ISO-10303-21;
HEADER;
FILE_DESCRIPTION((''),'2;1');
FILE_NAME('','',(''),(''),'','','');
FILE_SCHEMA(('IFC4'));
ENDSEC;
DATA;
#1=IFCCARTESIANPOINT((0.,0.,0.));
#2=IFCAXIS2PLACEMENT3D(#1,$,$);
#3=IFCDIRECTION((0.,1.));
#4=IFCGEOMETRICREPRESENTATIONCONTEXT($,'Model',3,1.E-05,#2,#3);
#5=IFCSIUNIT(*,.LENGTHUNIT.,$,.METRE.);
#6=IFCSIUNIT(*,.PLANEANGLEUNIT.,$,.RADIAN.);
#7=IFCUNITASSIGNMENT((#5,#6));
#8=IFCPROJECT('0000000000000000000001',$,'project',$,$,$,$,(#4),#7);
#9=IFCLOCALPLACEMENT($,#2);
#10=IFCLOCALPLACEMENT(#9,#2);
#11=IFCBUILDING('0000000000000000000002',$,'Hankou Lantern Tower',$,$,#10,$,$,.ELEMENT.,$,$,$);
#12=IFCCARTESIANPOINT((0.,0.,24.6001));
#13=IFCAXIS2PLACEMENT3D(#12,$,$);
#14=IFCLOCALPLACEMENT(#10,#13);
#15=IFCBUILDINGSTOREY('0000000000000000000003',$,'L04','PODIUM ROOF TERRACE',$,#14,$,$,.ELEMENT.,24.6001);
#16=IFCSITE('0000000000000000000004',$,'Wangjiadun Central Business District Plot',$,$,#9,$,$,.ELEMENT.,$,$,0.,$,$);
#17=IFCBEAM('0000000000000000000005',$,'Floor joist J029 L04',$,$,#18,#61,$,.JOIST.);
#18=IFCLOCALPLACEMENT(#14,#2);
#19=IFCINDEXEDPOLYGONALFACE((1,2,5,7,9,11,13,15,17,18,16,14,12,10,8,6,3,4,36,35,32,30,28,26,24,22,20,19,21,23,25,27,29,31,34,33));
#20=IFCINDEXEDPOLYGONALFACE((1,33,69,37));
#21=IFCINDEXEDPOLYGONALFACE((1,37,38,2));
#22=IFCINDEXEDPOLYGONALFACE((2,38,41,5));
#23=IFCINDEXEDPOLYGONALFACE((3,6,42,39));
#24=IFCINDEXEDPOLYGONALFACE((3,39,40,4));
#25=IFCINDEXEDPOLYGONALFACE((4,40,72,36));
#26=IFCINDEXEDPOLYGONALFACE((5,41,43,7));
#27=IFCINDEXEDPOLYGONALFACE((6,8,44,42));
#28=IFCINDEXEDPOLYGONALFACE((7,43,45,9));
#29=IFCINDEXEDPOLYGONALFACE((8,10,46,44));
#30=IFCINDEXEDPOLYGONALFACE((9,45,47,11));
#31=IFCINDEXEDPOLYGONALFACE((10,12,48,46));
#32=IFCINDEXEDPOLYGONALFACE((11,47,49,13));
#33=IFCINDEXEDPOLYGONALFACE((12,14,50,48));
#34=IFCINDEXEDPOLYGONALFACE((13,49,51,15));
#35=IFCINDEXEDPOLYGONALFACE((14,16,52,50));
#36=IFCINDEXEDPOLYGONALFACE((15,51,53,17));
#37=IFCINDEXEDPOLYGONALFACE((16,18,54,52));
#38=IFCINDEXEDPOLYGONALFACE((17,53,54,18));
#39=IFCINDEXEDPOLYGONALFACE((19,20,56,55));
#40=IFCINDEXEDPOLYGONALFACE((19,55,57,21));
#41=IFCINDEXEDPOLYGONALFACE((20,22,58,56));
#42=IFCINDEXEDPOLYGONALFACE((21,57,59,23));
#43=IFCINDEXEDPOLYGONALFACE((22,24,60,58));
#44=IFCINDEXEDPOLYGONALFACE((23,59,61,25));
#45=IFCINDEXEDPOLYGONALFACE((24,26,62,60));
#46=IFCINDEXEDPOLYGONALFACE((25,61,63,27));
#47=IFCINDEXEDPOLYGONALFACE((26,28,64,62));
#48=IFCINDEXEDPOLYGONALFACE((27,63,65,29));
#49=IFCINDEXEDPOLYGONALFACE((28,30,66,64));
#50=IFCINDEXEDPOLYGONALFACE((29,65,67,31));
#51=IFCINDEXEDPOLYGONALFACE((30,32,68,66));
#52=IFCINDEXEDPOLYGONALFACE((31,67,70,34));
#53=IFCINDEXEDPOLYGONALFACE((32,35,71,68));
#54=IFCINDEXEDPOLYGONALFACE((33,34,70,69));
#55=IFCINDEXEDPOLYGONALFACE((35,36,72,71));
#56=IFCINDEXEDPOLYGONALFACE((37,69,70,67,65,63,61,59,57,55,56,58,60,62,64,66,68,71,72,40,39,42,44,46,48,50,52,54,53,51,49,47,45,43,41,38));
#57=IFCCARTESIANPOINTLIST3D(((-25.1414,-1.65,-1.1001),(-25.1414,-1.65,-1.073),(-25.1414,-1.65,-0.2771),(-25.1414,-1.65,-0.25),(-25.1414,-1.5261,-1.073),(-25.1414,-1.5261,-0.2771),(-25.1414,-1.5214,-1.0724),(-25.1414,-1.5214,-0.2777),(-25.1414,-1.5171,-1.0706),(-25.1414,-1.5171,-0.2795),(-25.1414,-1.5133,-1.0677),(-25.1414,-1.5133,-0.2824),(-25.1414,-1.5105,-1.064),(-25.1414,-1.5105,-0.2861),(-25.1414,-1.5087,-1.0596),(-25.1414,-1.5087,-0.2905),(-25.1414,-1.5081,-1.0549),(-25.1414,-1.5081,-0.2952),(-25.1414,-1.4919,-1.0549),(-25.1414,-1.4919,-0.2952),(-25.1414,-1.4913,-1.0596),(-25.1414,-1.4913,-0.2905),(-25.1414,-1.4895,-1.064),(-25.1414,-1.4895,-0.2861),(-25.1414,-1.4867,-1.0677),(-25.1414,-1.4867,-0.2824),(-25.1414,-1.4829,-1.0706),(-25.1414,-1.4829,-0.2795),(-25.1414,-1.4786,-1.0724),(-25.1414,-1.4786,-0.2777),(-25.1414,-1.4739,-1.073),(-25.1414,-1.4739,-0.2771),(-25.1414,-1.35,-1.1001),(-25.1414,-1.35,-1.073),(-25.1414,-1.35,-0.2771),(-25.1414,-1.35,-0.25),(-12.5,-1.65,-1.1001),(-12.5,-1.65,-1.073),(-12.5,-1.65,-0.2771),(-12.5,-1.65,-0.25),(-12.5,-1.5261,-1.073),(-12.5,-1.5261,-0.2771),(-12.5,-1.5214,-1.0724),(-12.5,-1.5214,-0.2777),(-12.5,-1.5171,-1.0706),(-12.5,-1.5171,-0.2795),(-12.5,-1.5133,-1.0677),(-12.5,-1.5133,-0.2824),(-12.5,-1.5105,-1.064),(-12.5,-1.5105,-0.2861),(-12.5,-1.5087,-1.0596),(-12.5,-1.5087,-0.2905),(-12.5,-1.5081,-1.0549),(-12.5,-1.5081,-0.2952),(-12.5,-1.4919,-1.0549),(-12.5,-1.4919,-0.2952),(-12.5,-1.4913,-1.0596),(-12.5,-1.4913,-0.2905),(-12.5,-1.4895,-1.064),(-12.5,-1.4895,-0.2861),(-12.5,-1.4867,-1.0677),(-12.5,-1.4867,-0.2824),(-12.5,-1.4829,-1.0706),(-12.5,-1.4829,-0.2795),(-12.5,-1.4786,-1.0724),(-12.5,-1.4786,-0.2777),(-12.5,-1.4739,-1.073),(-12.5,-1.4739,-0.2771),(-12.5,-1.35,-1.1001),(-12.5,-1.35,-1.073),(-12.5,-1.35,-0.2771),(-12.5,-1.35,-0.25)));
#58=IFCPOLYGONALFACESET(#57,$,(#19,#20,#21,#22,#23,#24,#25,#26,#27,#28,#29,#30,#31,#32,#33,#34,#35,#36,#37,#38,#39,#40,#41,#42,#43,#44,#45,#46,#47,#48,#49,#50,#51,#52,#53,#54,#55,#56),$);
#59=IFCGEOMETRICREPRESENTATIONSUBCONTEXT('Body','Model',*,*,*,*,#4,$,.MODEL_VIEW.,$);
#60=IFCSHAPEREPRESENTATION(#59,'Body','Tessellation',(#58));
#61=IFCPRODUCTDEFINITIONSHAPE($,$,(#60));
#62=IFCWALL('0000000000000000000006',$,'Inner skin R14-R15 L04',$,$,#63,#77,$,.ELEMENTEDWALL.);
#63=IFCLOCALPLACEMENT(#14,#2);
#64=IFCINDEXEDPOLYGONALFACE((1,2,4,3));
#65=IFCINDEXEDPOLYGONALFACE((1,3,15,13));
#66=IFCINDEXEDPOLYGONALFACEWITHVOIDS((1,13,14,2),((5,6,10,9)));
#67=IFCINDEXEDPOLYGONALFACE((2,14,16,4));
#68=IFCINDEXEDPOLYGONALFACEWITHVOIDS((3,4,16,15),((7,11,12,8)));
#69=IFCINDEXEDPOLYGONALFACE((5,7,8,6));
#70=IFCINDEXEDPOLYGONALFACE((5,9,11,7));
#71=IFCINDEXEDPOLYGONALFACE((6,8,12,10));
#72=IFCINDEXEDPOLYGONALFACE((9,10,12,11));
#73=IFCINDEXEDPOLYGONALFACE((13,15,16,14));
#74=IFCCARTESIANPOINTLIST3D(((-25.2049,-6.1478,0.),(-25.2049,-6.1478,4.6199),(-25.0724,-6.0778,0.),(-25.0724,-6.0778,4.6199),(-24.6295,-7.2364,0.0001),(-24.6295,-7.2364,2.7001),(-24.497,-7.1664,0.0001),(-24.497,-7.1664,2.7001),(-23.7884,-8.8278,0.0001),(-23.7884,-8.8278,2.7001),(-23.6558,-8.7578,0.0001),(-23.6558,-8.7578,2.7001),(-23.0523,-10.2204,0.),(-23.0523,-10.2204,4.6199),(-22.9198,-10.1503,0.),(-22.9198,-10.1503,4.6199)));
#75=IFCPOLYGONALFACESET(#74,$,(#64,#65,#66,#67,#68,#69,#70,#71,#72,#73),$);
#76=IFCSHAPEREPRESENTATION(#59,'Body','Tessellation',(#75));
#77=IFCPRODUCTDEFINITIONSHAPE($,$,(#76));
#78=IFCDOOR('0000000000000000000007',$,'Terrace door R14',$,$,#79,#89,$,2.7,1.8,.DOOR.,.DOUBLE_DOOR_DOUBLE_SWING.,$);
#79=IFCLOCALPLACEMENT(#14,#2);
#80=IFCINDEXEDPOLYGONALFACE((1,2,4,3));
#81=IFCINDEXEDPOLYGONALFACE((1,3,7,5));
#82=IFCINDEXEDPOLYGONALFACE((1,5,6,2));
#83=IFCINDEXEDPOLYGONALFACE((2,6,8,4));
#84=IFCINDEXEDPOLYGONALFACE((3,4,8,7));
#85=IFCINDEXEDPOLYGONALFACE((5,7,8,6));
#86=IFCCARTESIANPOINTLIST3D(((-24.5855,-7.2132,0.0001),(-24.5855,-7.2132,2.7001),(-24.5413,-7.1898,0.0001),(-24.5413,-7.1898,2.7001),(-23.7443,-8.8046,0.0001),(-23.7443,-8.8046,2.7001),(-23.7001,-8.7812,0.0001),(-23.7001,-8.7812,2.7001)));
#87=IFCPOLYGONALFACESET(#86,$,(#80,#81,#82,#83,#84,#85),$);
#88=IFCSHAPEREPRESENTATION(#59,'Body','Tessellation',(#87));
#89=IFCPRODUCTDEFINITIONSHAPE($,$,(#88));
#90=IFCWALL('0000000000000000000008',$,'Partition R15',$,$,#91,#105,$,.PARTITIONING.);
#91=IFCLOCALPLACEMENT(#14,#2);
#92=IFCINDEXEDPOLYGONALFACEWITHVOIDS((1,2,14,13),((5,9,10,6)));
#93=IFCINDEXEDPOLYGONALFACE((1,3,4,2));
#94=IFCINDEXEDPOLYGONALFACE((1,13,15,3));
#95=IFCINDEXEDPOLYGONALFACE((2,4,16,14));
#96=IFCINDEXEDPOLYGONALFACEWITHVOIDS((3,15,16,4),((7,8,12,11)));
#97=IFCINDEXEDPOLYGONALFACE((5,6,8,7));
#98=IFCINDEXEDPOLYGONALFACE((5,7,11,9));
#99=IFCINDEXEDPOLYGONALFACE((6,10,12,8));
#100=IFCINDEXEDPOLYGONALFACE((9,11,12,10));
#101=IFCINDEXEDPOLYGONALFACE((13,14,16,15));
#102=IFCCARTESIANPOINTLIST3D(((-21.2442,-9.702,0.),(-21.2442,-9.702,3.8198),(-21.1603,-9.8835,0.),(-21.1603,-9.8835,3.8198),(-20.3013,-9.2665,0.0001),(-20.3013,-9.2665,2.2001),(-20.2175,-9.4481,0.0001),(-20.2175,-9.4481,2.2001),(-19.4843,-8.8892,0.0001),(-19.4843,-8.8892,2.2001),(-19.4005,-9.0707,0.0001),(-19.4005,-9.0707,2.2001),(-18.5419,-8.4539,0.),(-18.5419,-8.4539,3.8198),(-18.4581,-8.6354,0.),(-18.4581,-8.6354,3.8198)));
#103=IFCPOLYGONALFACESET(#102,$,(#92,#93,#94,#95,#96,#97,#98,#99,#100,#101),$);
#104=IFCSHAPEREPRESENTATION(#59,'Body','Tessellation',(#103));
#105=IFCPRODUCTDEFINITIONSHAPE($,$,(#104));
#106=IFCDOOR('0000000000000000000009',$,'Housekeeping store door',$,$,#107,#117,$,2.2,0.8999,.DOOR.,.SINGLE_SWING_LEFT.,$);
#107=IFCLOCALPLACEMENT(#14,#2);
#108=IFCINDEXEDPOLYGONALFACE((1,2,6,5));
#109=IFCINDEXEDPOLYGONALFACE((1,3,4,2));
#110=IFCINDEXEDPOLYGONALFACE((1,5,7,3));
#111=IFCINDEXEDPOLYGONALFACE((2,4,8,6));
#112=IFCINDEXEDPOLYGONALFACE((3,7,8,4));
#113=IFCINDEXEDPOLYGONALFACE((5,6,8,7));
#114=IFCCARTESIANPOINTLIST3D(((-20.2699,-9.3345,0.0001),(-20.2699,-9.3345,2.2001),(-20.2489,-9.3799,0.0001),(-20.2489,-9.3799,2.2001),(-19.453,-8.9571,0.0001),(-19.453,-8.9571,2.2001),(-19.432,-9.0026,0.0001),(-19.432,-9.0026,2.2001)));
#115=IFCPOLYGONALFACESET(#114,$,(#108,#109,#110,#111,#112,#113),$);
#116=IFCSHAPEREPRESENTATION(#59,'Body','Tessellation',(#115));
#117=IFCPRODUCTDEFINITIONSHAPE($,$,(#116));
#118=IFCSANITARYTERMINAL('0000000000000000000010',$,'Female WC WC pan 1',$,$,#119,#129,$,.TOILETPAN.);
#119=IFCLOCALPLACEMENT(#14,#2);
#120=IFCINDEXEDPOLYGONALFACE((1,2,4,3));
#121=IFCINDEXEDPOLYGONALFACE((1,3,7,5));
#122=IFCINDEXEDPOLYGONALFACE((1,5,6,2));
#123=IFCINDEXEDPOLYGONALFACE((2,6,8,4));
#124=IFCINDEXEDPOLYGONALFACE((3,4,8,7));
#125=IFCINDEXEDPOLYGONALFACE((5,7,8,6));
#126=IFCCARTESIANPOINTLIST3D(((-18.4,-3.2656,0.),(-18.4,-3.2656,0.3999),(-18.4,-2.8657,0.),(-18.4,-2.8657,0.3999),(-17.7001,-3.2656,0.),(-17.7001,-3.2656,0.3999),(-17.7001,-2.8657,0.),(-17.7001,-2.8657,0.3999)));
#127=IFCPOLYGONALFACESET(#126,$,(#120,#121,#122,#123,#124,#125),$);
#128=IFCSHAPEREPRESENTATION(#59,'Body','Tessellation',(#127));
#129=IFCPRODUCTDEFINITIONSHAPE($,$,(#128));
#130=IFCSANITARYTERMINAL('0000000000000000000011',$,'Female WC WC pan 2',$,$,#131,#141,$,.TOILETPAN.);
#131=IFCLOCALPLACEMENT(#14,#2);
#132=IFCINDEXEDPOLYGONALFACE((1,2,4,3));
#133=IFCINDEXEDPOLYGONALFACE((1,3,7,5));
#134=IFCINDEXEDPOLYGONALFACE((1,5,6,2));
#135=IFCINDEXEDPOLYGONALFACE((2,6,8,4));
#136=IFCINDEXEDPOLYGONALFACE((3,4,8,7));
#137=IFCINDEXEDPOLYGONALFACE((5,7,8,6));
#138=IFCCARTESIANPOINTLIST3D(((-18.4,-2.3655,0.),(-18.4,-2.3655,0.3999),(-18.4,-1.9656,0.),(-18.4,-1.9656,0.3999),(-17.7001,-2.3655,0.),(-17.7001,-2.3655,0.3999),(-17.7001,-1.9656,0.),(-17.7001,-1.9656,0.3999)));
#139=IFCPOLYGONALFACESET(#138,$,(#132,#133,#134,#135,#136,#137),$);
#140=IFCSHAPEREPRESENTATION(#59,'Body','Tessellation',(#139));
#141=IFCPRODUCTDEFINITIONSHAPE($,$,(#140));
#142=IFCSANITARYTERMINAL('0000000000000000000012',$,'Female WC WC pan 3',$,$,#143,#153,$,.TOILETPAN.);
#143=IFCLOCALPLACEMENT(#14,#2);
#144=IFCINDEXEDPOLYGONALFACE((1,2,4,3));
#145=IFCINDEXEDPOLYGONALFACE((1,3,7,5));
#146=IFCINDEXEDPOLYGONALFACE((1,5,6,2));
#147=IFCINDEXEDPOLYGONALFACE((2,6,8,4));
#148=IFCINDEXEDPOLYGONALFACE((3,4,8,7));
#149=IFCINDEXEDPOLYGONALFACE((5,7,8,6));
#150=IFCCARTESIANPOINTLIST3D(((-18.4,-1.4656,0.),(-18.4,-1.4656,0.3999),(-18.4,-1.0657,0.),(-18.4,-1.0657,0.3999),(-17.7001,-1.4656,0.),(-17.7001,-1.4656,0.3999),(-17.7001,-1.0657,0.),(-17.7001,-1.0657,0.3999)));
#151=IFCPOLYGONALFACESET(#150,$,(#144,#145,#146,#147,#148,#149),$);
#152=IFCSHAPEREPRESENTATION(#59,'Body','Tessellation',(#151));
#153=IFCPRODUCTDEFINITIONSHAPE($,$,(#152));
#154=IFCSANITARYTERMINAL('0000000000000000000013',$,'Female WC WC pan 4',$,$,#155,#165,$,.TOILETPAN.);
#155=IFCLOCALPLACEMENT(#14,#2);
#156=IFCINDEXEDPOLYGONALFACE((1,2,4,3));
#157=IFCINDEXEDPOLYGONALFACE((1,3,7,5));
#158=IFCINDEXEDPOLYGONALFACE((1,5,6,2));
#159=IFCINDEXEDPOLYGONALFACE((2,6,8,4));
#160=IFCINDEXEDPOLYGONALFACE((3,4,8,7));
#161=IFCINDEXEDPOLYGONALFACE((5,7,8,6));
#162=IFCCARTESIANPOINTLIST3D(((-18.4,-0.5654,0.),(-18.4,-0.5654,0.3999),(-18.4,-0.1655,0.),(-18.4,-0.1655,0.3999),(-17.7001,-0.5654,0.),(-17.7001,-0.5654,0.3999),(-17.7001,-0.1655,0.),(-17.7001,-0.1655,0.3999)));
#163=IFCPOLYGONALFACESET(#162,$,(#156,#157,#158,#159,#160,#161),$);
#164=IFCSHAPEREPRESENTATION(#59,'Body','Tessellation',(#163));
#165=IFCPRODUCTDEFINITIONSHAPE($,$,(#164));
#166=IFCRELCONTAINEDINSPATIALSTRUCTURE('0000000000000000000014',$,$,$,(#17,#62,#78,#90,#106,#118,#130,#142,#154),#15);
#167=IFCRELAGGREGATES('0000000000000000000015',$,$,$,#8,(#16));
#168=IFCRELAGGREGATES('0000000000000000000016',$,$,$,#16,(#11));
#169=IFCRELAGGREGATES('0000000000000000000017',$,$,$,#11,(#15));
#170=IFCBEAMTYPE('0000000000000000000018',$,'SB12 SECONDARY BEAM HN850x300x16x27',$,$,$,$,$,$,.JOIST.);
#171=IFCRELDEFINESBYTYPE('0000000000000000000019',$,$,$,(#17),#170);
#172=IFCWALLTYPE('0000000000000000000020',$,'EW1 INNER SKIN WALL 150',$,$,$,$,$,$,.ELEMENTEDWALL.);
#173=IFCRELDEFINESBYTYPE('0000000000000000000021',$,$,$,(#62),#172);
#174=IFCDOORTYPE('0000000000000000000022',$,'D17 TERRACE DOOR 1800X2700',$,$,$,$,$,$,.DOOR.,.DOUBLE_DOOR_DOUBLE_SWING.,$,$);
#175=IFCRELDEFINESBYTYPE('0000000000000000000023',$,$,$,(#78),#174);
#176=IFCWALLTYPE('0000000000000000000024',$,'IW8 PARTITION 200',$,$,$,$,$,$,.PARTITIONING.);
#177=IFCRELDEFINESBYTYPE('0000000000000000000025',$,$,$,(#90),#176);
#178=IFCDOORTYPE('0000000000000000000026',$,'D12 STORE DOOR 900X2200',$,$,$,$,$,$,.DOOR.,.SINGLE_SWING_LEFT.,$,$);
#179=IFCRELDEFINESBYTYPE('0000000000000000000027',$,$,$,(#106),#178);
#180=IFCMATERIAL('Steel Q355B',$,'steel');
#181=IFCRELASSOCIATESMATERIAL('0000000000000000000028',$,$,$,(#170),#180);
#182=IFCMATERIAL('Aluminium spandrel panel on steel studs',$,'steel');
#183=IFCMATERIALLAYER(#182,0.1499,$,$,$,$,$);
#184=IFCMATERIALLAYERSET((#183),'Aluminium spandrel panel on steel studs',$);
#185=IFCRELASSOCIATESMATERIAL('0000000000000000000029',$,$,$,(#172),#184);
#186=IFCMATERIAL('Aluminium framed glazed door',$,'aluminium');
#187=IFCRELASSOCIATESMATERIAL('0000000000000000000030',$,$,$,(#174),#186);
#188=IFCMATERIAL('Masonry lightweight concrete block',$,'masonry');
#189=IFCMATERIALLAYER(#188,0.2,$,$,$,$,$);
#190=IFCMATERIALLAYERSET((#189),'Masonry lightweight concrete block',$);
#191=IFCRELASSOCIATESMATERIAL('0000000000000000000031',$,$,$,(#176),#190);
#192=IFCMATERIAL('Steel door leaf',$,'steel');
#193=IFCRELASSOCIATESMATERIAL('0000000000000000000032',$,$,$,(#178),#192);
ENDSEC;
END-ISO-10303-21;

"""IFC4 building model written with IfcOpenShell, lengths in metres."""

from ifc_helpers import new_model, si_unit, direction, frame, frame_2d, origin, origin_2d, place, context, subcontext, project, spatial, rectangle, i_section, extrude, material, layer, layer_set, material_profile, profile_set, type_object, element, fill, save


model = new_model("IFC4")

# Units and contexts
model_context = context("Model", 3, precision=1e-05, world=origin(), true_north=direction((0.0, 1.0)))
body_context = subcontext(model_context, "Body", "Model", "MODEL_VIEW")
ifc_project = project(units=[si_unit("LENGTHUNIT", "METRE"), si_unit("PLANEANGLEUNIT", "RADIAN")], contexts=[model_context])

# Site, building, storey
site_placement = place(None, origin())
site = spatial("IfcSite", under=ifc_project, at=site_placement, Name="Wangjiadun Central Business District Plot", CompositionType="ELEMENT", RefElevation=0.0)
building_placement = place(site_placement, origin())
building = spatial("IfcBuilding", under=site, at=building_placement, Name="Hankou Lantern Tower", CompositionType="ELEMENT")
storey_placement = place(building_placement, frame((0.0, 0.0, 24.6001)))
storey = spatial("IfcBuildingStorey", under=building, at=storey_placement, Name="L04", Description="PODIUM ROOF TERRACE", CompositionType="ELEMENT", Elevation=24.6001)

# Beam
ifc_material_1 = material(Name="Steel Q355B", Category="steel")
ifc_material_profile_1 = material_profile(ifc_material_1, i_section(OverallWidth=0.3, OverallDepth=0.8501, WebThickness=0.0161, FlangeThickness=0.0271, FilletRadius=0.0181, at=origin_2d()), Name="HN850x300x16x27")
ifc_profile_set_1 = profile_set([ifc_material_profile_1], Name="Steel Q355B")
beam_type_1 = type_object("IfcBeamType", Name="SB12 SECONDARY BEAM HN850x300x16x27", PredefinedType="JOIST", material=ifc_profile_set_1)
beam_1_placement = place(storey_placement, frame((-25.1414, -1.5, -0.675), z_axis=(1.0, 0.0, 0.0), x_axis=(0.0, 1.0, 0.0)))
element("IfcBeam", 1, at=beam_1_placement, inside=storey, type_object=beam_type_1, Name="Floor joist J029 L04", PredefinedType="JOIST", context=body_context, shape_type="SweptSolid", body=[
    extrude(i_section(OverallWidth=0.3, OverallDepth=0.8501, WebThickness=0.0161, FlangeThickness=0.0271, FilletRadius=0.0181, at=origin_2d()), origin(), (0.0, 0.0, 1.0), 12.6414),
])

# Walls, openings, doors
ifc_material_2 = material(Name="Aluminium spandrel panel on steel studs", Category="steel")
ifc_layer_1 = layer(ifc_material_2, 0.1499)
ifc_layer_set_1 = layer_set([ifc_layer_1], Name="Aluminium spandrel panel on steel studs")
wall_type_1 = type_object("IfcWallType", Name="EW1 INNER SKIN WALL 150", PredefinedType="ELEMENTEDWALL", material=ifc_layer_set_1)
wall_1_placement = place(storey_placement, frame((-25.1387, -6.1128, 0.0), z_axis=(0.0, 0.0, 1.0), x_axis=(0.467303, -0.884097, 0.0)))
wall_1 = element("IfcWall", 2, at=wall_1_placement, inside=storey, type_object=wall_type_1, Name="Inner skin R14-R15 L04", PredefinedType="ELEMENTEDWALL", context=body_context, shape_type="SweptSolid", body=[
    extrude(rectangle(XDim=4.6064, YDim=0.1499, at=frame_2d((2.3032, 0.0))), origin(), (0.0, 0.0, 1.0), 4.6199),
])
opening_1_placement = place(wall_1_placement, frame((1.2314, 0.0, 0.0)))
opening_1 = element("IfcOpeningElement", 3, at=opening_1_placement, cuts=wall_1, PredefinedType="OPENING", context=body_context, shape_type="SweptSolid", body=[
    extrude(rectangle(XDim=1.8, YDim=2.7, at=frame_2d((0.8999, 1.3501))), frame((0.0, 0.085, 0.0), z_axis=(0.0, -1.0, 0.0), x_axis=(1.0, 0.0, 0.0)), (0.0, 0.0, 1.0), 0.1699),
])
ifc_material_3 = material(Name="Aluminium framed glazed door", Category="aluminium")
door_type_1 = type_object("IfcDoorType", Name="D17 TERRACE DOOR 1800X2700", OperationType="DOUBLE_DOOR_DOUBLE_SWING", PredefinedType="DOOR", material=ifc_material_3)
door_1_placement = place(opening_1_placement, origin())
door_1 = element("IfcDoor", 4, at=door_1_placement, inside=storey, type_object=door_type_1, Name="Terrace door R14", OperationType="DOUBLE_DOOR_DOUBLE_SWING", OverallHeight=2.7, OverallWidth=1.8, PredefinedType="DOOR", context=body_context, shape_type="SweptSolid", body=[
    extrude(rectangle(XDim=1.8, YDim=2.7, at=frame_2d((0.8999, 1.3501))), frame((0.0, 0.0249, 0.0), z_axis=(0.0, -1.0, 0.0), x_axis=(1.0, 0.0, 0.0)), (0.0, 0.0, 1.0), 0.05),
])
fill(opening_1, door_1)
ifc_material_4 = material(Name="Masonry lightweight concrete block", Category="masonry")
ifc_layer_2 = layer(ifc_material_4, 0.2)
ifc_layer_set_2 = layer_set([ifc_layer_2], Name="Masonry lightweight concrete block")
wall_type_2 = type_object("IfcWallType", Name="IW8 PARTITION 200", PredefinedType="PARTITIONING", material=ifc_layer_set_2)
wall_2_placement = place(storey_placement, frame((-18.5, -8.5447, 0.0), z_axis=(0.0, 0.0, 1.0), x_axis=(-0.907844, -0.419308, 0.0)))
wall_2 = element("IfcWall", 5, at=wall_2_placement, inside=storey, type_object=wall_type_2, Name="Partition R15", PredefinedType="PARTITIONING", context=body_context, shape_type="SweptSolid", body=[
    extrude(rectangle(XDim=2.9766, YDim=0.2, at=frame_2d((1.4883, 0.0))), origin(), (0.0, 0.0, 1.0), 3.8198),
])
opening_2_placement = place(wall_2_placement, frame((1.0381, 0.0, 0.0)))
opening_2 = element("IfcOpeningElement", 6, at=opening_2_placement, cuts=wall_2, PredefinedType="OPENING", context=body_context, shape_type="SweptSolid", body=[
    extrude(rectangle(XDim=0.8999, YDim=2.2, at=frame_2d((0.45, 1.1001))), frame((0.0, 0.1099, 0.0), z_axis=(0.0, -1.0, 0.0), x_axis=(1.0, 0.0, 0.0)), (0.0, 0.0, 1.0), 0.22),
])
ifc_material_5 = material(Name="Steel door leaf", Category="steel")
door_type_2 = type_object("IfcDoorType", Name="D12 STORE DOOR 900X2200", OperationType="SINGLE_SWING_LEFT", PredefinedType="DOOR", material=ifc_material_5)
door_2_placement = place(opening_2_placement, origin())
door_2 = element("IfcDoor", 7, at=door_2_placement, inside=storey, type_object=door_type_2, Name="Housekeeping store door", OperationType="SINGLE_SWING_LEFT", OverallHeight=2.2, OverallWidth=0.8999, PredefinedType="DOOR", context=body_context, shape_type="SweptSolid", body=[
    extrude(rectangle(XDim=0.8999, YDim=2.2, at=frame_2d((0.45, 1.1001))), frame((0.0, 0.0249, 0.0), z_axis=(0.0, -1.0, 0.0), x_axis=(1.0, 0.0, 0.0)), (0.0, 0.0, 1.0), 0.05),
])
fill(opening_2, door_2)

# Sanitary terminals
for number, where, z_axis, x_axis, name in (
    (8, (-18.05, -3.0657, 0.0), (0.0, 0.0, 1.0), (0.0, 1.0, 0.0), "Female WC WC pan 1"),
    (9, (-18.05, -2.1655, 0.0), (0.0, 0.0, 1.0), (0.0, 1.0, 0.0), "Female WC WC pan 2"),
    (10, (-18.05, -1.2656, 0.0), (0.0, 0.0, 1.0), (0.0, 1.0, 0.0), "Female WC WC pan 3"),
    (11, (-18.05, -0.3655, 0.0), (0.0, 0.0, 1.0), (0.0, 1.0, 0.0), "Female WC WC pan 4"),
):
    element("IfcSanitaryTerminal", number, at=place(storey_placement, frame(where, z_axis=z_axis, x_axis=x_axis)), inside=storey, Name=name, PredefinedType="TOILETPAN", context=body_context, shape_type="SweptSolid", body=[
        extrude(rectangle(XDim=0.3999, YDim=0.7, at=origin_2d()), origin(), (0.0, 0.0, 1.0), 0.3999),
    ])

save(model, "model.ifc")
